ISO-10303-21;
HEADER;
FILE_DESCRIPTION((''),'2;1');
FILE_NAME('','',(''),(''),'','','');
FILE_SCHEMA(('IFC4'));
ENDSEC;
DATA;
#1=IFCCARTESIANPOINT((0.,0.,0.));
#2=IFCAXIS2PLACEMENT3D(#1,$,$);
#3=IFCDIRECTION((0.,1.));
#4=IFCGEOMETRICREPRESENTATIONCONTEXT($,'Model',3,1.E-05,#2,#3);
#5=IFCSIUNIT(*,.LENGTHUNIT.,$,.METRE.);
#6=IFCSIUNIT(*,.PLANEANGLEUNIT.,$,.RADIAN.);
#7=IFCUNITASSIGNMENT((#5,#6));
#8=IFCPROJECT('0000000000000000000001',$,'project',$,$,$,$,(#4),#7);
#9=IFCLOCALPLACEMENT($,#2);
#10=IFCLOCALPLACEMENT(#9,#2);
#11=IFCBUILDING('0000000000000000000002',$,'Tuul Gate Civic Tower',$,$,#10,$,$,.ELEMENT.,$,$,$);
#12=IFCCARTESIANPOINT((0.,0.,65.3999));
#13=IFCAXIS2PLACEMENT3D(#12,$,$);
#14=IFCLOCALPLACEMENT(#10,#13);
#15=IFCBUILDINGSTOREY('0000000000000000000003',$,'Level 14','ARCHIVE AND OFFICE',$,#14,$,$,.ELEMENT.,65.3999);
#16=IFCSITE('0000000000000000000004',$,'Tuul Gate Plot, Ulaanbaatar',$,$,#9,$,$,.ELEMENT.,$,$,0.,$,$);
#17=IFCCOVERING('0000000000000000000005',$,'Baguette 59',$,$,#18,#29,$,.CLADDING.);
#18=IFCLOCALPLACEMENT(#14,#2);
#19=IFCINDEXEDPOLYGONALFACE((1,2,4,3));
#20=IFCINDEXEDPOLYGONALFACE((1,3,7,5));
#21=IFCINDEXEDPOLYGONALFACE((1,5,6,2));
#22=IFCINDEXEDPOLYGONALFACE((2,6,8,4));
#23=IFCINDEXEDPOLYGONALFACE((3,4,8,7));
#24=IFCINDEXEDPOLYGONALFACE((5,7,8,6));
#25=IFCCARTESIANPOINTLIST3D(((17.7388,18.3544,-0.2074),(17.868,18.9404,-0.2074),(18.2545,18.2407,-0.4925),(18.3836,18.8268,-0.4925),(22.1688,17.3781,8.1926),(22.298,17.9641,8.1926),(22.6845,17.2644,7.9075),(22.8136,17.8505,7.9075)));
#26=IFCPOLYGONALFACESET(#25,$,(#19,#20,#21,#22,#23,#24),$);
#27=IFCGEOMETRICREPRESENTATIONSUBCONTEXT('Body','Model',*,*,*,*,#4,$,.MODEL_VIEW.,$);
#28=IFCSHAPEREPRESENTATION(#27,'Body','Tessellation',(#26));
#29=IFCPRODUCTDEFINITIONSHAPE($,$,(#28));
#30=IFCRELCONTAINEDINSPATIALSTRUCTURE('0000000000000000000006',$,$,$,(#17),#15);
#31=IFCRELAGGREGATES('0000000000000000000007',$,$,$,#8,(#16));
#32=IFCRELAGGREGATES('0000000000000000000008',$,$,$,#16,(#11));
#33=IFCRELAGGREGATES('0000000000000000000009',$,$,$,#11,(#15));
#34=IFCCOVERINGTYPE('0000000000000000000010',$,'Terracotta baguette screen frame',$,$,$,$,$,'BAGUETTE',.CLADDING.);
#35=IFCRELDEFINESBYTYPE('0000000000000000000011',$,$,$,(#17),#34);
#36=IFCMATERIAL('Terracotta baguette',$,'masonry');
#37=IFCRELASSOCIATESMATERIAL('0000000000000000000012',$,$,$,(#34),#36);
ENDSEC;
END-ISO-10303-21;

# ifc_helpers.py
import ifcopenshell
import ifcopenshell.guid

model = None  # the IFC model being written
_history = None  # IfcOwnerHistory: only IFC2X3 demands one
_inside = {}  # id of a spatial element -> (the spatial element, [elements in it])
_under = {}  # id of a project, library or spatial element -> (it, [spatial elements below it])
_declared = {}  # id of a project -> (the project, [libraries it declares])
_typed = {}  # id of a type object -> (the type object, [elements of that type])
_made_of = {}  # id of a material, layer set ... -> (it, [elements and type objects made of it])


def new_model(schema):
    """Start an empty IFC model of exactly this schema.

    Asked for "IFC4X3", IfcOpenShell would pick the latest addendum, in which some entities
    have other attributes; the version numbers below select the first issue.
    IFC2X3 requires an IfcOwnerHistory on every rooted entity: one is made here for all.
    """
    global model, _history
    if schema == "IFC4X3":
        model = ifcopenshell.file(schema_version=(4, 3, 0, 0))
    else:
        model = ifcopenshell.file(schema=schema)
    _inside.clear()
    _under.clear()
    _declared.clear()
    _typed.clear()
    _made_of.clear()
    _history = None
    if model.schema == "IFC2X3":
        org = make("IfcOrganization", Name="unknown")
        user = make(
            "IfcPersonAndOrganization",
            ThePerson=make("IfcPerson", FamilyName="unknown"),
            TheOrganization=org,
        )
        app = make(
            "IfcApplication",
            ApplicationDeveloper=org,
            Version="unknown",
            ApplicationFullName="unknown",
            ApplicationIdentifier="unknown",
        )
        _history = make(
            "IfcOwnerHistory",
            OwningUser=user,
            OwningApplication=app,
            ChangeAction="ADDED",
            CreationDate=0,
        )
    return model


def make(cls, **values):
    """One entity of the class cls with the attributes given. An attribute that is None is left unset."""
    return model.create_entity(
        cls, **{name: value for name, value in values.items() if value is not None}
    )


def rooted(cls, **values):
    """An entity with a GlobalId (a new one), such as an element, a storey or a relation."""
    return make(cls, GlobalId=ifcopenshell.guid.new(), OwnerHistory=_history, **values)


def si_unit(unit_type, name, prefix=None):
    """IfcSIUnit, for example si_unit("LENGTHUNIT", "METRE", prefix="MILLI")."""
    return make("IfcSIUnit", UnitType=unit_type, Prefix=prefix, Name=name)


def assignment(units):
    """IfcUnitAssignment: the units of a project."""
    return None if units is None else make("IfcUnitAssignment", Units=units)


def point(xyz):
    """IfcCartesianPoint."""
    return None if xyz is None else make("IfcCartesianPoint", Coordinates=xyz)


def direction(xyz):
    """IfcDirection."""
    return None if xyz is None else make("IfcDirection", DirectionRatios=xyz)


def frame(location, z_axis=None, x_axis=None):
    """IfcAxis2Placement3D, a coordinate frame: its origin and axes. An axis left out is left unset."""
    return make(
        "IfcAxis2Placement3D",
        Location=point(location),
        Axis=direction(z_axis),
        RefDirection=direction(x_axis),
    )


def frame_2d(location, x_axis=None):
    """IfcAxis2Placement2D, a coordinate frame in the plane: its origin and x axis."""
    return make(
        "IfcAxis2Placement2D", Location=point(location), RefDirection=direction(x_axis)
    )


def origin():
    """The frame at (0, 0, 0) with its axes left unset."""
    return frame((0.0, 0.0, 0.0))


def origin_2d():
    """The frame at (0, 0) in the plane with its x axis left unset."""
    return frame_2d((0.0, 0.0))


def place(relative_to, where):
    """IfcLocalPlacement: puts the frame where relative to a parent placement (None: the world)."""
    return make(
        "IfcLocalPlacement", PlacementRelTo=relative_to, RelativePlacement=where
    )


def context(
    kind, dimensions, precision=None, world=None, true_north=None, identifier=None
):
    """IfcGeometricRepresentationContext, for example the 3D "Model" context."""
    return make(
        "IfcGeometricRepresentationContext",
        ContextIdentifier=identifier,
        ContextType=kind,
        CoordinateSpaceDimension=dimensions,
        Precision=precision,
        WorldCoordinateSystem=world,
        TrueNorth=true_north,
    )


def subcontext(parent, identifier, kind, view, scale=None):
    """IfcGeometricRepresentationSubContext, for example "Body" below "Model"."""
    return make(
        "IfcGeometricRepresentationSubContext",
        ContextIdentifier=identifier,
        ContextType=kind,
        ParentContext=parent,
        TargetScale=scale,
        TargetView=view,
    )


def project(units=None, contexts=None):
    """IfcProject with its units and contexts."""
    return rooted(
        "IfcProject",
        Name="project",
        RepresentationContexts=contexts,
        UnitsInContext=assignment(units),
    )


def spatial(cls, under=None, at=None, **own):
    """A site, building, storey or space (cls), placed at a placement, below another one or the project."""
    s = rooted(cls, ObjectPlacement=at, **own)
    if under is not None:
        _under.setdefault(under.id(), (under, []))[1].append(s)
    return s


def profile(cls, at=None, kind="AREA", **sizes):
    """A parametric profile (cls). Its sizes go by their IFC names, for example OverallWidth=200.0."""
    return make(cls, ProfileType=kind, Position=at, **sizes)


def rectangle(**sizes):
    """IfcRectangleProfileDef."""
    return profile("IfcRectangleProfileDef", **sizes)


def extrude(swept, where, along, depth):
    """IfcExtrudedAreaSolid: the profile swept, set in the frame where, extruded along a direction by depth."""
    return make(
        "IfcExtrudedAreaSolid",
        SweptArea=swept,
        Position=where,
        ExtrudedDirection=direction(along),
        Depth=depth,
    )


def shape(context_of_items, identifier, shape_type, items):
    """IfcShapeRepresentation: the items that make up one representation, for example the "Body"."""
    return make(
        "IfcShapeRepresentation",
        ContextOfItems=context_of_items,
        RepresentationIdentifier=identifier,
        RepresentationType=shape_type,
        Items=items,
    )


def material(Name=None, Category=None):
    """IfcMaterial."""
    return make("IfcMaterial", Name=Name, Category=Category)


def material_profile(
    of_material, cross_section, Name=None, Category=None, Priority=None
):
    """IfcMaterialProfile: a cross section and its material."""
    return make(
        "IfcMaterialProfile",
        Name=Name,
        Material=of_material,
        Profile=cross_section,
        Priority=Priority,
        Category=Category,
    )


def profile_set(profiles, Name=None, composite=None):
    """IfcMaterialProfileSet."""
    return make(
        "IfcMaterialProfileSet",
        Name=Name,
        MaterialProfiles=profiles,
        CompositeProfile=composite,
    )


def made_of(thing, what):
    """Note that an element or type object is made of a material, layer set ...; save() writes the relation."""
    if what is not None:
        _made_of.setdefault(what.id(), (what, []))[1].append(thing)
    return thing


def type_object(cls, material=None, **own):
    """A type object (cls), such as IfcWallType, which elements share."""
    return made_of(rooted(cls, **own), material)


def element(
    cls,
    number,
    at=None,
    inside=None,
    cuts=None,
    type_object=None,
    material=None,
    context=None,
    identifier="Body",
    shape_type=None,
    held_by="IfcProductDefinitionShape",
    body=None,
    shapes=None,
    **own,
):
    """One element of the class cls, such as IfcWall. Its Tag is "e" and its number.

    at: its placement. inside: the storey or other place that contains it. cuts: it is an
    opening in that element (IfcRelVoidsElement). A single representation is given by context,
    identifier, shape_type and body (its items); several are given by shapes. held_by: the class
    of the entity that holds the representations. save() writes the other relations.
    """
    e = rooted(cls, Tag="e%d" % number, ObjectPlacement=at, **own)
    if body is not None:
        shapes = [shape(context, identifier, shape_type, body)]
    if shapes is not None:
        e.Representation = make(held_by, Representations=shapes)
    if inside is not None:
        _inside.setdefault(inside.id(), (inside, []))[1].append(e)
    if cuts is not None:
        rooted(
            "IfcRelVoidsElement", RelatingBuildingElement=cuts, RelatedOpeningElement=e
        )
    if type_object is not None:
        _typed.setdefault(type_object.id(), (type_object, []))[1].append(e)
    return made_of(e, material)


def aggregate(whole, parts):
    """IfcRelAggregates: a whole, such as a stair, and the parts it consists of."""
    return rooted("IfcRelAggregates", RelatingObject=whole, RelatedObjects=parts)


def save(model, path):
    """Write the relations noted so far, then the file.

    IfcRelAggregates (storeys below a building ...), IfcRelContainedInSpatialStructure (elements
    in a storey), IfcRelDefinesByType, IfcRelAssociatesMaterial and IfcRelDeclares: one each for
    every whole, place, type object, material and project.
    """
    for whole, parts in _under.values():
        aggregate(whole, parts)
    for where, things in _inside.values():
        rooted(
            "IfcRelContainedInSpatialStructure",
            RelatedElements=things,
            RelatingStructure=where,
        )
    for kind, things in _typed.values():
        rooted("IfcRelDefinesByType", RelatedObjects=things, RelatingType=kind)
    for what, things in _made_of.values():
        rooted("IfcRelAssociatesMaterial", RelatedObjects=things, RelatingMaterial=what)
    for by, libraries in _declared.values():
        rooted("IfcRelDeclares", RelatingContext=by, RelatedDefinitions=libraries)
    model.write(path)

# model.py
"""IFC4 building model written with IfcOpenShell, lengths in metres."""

from ifc_helpers import new_model, si_unit, direction, frame, origin, origin_2d, place, context, subcontext, project, spatial, rectangle, extrude, material, material_profile, profile_set, type_object, element, save


model = new_model("IFC4")

# Units and contexts
model_context = context("Model", 3, precision=1e-05, world=origin(), true_north=direction((0.0, 1.0)))
body_context = subcontext(model_context, "Body", "Model", "MODEL_VIEW")
ifc_project = project(units=[si_unit("LENGTHUNIT", "METRE"), si_unit("PLANEANGLEUNIT", "RADIAN")], contexts=[model_context])

# Site, building, storey
site_placement = place(None, origin())
site = spatial("IfcSite", under=ifc_project, at=site_placement, Name="Tuul Gate Plot, Ulaanbaatar", CompositionType="ELEMENT", RefElevation=0.0)
building_placement = place(site_placement, origin())
building = spatial("IfcBuilding", under=site, at=building_placement, Name="Tuul Gate Civic Tower", CompositionType="ELEMENT")
storey_placement = place(building_placement, frame((0.0, 0.0, 65.3999)))
storey = spatial("IfcBuildingStorey", under=building, at=storey_placement, Name="Level 14", Description="ARCHIVE AND OFFICE", CompositionType="ELEMENT", Elevation=65.3999)

# Covering
ifc_material_1 = material(Name="Terracotta baguette", Category="masonry")
ifc_material_profile_1 = material_profile(ifc_material_1, rectangle(XDim=0.6001, YDim=0.6001, at=origin_2d()), Name="Terracotta baguette screen frame")
ifc_profile_set_1 = profile_set([ifc_material_profile_1], Name="Terracotta baguette")
covering_type = type_object("IfcCoveringType", Name="Terracotta baguette screen frame", ElementType="BAGUETTE", PredefinedType="CLADDING", material=ifc_profile_set_1)
covering_placement = place(storey_placement, frame((22.4912, 17.6143, 8.05), z_axis=(-0.464037, 0.10227, -0.879892), x_axis=(-0.215226, -0.976564, 0.0)))
element("IfcCovering", 1, at=covering_placement, inside=storey, type_object=covering_type, Name="Baguette 59", PredefinedType="CLADDING", context=body_context, shape_type="SweptSolid", body=[
    extrude(rectangle(XDim=0.6001, YDim=0.6001, at=origin_2d()), origin(), (0.0, 0.0, 1.0), 9.5466),
])

save(model, "model.ifc")
